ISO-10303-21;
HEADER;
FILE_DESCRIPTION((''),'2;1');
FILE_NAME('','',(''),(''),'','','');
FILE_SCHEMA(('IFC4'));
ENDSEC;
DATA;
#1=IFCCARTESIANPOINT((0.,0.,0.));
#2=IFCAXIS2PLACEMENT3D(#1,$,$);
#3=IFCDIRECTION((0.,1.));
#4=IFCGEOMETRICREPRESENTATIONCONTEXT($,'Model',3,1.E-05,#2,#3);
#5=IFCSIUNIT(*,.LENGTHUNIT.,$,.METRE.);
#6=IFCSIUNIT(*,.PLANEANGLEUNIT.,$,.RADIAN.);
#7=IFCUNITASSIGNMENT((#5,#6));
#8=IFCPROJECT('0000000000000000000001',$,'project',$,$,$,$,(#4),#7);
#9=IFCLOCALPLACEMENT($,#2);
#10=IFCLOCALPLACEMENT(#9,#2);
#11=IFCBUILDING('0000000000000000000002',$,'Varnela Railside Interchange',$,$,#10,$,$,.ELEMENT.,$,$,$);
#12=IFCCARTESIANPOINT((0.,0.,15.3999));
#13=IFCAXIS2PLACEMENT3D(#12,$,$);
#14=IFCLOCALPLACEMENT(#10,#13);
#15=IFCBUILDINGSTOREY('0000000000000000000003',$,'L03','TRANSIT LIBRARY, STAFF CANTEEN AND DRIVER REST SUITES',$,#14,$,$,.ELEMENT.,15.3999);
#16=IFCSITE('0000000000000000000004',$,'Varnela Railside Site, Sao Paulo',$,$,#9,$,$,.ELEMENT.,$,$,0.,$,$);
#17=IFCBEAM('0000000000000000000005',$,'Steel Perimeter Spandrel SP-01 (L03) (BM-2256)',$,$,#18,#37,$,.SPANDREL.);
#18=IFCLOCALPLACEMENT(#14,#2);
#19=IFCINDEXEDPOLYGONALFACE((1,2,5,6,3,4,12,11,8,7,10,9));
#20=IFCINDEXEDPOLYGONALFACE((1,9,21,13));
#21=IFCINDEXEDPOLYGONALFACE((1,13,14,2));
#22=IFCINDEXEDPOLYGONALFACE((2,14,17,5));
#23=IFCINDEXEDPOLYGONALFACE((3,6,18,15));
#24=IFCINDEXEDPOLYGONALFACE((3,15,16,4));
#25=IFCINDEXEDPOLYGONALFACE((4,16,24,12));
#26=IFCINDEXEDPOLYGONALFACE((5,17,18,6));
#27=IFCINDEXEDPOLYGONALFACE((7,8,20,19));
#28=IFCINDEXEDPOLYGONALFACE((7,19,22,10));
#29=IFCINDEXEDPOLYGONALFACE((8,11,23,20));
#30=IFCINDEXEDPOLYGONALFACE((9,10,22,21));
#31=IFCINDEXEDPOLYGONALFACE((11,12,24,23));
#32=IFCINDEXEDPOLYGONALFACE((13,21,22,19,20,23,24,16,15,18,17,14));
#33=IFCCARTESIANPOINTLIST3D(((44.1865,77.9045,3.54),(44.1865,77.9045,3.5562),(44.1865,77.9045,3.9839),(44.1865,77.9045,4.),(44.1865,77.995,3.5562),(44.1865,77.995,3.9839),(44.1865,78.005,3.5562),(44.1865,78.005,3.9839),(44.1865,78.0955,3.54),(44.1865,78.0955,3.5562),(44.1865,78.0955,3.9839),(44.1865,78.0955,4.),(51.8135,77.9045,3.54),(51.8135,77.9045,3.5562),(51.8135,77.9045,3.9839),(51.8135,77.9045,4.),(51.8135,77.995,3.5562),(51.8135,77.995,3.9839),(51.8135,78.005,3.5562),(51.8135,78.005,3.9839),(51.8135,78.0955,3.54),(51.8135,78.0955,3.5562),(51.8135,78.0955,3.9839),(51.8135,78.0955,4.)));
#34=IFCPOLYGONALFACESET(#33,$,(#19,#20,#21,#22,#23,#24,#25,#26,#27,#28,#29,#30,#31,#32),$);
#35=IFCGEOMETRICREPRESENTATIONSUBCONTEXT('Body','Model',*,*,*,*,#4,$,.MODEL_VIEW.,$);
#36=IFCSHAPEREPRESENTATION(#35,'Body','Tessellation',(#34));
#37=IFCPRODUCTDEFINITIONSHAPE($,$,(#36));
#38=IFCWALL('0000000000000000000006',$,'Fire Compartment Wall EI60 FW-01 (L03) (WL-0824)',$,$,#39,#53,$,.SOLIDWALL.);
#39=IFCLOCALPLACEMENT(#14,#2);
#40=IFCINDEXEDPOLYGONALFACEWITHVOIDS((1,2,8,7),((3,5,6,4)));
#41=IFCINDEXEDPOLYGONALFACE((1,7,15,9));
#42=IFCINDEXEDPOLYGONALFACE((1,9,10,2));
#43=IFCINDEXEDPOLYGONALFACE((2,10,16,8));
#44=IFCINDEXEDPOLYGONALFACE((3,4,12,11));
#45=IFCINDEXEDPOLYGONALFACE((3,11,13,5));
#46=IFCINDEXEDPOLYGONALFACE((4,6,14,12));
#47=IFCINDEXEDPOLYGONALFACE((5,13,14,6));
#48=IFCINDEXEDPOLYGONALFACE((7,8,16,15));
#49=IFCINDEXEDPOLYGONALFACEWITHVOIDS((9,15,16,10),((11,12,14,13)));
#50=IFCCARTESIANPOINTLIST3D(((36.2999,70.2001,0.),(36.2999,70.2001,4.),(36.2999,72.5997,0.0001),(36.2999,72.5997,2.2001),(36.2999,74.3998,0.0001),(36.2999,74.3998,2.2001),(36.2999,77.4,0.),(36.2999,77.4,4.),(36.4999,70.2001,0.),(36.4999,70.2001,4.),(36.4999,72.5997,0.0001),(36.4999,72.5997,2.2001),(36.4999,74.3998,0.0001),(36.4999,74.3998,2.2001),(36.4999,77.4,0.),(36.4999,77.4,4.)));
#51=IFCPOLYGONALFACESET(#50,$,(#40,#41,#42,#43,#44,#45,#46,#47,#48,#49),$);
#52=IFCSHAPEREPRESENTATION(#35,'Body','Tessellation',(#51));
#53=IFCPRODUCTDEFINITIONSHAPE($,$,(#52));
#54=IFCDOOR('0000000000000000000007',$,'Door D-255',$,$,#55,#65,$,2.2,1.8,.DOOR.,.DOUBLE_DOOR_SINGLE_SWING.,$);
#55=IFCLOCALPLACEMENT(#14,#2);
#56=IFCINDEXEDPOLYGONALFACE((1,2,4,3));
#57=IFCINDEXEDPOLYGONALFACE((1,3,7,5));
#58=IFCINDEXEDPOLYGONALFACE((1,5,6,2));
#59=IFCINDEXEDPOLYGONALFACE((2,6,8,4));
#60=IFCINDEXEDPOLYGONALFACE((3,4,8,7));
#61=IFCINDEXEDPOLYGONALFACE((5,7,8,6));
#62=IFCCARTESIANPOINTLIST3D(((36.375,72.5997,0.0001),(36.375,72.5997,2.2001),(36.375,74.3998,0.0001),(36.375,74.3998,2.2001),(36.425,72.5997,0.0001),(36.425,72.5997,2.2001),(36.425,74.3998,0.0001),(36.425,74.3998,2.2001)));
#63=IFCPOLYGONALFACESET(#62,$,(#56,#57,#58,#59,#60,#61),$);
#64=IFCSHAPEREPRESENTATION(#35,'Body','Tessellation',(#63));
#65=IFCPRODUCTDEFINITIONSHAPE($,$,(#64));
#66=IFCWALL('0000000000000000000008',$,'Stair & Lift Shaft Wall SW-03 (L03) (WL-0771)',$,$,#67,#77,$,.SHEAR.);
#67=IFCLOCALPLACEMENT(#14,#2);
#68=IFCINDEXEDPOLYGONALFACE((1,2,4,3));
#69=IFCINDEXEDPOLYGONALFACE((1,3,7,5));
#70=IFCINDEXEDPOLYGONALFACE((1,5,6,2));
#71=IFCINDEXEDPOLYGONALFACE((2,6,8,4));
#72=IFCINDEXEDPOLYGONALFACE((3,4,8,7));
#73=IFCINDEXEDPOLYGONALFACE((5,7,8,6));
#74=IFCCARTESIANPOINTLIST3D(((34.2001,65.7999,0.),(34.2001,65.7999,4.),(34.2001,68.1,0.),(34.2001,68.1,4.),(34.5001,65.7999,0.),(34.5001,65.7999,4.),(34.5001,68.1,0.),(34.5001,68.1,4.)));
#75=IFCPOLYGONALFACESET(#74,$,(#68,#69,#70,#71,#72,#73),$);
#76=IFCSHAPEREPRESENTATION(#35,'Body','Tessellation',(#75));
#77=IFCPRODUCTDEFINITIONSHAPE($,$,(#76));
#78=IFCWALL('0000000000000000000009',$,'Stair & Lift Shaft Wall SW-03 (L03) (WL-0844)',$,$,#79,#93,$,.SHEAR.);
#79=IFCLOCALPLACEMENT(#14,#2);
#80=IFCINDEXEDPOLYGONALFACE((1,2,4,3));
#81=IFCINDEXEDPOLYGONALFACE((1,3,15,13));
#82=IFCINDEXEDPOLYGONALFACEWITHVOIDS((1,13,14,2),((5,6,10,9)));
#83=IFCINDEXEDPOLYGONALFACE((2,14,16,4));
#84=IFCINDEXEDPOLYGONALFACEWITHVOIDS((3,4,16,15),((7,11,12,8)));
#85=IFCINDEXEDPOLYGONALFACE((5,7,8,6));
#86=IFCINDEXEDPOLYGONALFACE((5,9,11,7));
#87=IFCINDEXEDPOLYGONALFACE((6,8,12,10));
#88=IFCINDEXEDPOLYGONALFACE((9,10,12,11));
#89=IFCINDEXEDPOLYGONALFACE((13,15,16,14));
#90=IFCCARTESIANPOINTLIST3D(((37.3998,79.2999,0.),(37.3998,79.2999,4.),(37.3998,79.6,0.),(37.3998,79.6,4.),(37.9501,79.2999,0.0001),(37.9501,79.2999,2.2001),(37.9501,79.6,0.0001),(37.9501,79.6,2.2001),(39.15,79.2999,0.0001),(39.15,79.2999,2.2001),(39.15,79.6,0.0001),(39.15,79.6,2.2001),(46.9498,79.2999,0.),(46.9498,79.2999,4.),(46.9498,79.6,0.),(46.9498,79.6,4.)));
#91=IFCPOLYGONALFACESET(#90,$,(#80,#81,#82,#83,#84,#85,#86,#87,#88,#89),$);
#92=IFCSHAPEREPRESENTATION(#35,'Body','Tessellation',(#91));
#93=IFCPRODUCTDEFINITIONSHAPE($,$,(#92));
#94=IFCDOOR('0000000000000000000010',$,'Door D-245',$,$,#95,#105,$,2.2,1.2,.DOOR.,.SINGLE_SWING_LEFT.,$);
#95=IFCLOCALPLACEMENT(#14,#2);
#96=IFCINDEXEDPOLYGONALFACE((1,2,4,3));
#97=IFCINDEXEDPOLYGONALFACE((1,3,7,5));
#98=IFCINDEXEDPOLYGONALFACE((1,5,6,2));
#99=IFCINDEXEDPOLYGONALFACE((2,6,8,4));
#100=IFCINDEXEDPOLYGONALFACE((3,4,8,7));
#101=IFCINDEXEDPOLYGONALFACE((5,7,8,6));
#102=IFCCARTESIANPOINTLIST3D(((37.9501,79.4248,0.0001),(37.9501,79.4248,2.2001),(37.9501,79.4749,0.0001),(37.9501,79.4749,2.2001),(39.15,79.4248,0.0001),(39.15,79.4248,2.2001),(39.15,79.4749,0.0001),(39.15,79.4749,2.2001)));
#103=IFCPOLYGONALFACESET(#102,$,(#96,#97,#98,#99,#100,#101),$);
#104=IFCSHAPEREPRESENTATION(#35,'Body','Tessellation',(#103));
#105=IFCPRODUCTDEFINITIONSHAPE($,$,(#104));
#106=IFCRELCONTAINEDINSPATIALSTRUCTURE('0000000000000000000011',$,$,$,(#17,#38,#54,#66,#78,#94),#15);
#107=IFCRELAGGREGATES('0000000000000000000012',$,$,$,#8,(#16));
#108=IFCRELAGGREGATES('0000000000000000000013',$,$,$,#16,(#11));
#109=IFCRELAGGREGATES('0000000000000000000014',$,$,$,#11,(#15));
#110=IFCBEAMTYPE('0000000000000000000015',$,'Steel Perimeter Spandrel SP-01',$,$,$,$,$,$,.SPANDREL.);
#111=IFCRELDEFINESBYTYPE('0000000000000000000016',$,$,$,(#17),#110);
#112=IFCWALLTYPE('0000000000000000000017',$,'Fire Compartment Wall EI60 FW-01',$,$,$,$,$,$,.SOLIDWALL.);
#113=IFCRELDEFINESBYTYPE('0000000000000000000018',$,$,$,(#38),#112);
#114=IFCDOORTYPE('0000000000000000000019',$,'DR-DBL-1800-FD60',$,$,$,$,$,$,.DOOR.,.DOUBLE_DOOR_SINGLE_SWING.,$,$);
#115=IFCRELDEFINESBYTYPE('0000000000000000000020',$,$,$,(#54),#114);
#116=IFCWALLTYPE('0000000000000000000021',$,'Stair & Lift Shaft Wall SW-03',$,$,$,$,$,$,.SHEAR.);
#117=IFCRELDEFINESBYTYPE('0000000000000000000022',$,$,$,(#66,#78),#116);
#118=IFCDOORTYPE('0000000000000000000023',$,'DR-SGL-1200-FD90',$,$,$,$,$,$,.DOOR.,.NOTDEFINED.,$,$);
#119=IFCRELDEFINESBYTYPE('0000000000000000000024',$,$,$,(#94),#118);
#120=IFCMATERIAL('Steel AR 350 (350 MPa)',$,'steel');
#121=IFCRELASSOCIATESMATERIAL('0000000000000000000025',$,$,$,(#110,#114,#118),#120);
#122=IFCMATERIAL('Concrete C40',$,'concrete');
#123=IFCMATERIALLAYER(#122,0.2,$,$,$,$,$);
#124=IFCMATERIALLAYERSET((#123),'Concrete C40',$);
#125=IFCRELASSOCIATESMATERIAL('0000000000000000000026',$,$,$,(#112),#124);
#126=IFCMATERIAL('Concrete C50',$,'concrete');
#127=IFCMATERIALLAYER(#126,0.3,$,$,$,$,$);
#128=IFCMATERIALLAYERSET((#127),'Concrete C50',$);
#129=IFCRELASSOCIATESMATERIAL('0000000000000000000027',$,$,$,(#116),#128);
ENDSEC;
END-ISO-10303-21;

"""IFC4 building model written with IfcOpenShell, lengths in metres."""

from ifc_helpers import new_model, si_unit, direction, frame, frame_2d, origin, origin_2d, place, context, subcontext, project, spatial, rectangle, i_section, extrude, material, layer, layer_set, material_profile, profile_set, type_object, element, fill, save


model = new_model("IFC4")

# Units and contexts
model_context = context("Model", 3, precision=1e-05, world=origin(), true_north=direction((0.0, 1.0)))
body_context = subcontext(model_context, "Body", "Model", "MODEL_VIEW")
ifc_project = project(units=[si_unit("LENGTHUNIT", "METRE"), si_unit("PLANEANGLEUNIT", "RADIAN")], contexts=[model_context])

# Site, building, storey
site_placement = place(None, origin())
site = spatial("IfcSite", under=ifc_project, at=site_placement, Name="Varnela Railside Site, Sao Paulo", CompositionType="ELEMENT", RefElevation=0.0)
building_placement = place(site_placement, origin())
building = spatial("IfcBuilding", under=site, at=building_placement, Name="Varnela Railside Interchange", CompositionType="ELEMENT")
storey_placement = place(building_placement, frame((0.0, 0.0, 15.3999)))
storey = spatial("IfcBuildingStorey", under=building, at=storey_placement, Name="L03", Description="TRANSIT LIBRARY, STAFF CANTEEN AND DRIVER REST SUITES", CompositionType="ELEMENT", Elevation=15.3999)

# Shared definitions
ifc_material_1 = material(Name="Steel AR 350 (350 MPa)", Category="steel")

# Shared definitions
ifc_material_2 = material(Name="Concrete C40", Category="concrete")

# Beam
ifc_material_profile_1 = material_profile(ifc_material_1, i_section(OverallWidth=0.1909, OverallDepth=0.46, WebThickness=0.01, FlangeThickness=0.0161, at=origin_2d()), Name="W460x82")
ifc_profile_set_1 = profile_set([ifc_material_profile_1], Name="Steel AR 350 (350 MPa)")
beam_type_1 = type_object("IfcBeamType", Name="Steel Perimeter Spandrel SP-01", PredefinedType="SPANDREL", material=ifc_profile_set_1)
for number, where, z_axis, x_axis, name in (
    (1, (44.1865, 78.0, 3.77), (1.0, 0.0, 0.0), (0.0, 1.0, 0.0), "Steel Perimeter Spandrel SP-01 (L03) (BM-2256)"),
):
    element("IfcBeam", number, at=place(storey_placement, frame(where, z_axis=z_axis, x_axis=x_axis)), inside=storey, type_object=beam_type_1, Name=name, PredefinedType="SPANDREL", context=body_context, shape_type="SweptSolid", body=[
        extrude(i_section(OverallWidth=0.1909, OverallDepth=0.46, WebThickness=0.01, FlangeThickness=0.0161, at=origin_2d()), origin(), (0.0, 0.0, 1.0), 7.627),
    ])

# Wall, opening, door
ifc_layer_1 = layer(ifc_material_2, 0.2)
ifc_layer_set_1 = layer_set([ifc_layer_1], Name="Concrete C40")
wall_type_1 = type_object("IfcWallType", Name="Fire Compartment Wall EI60 FW-01", PredefinedType="SOLIDWALL", material=ifc_layer_set_1)
wall_1_placement = place(storey_placement, frame((36.3999, 70.2, 0.0), z_axis=(0.0, 0.0, 1.0), x_axis=(0.0, 1.0, 0.0)))
wall_1 = element("IfcWall", 2, at=wall_1_placement, inside=storey, type_object=wall_type_1, Name="Fire Compartment Wall EI60 FW-01 (L03) (WL-0824)", PredefinedType="SOLIDWALL", context=body_context, shape_type="SweptSolid", body=[
    extrude(rectangle(XDim=7.2, YDim=0.2, at=frame_2d((3.6001, 0.0))), origin(), (0.0, 0.0, 1.0), 4.0),
])
opening_1_placement = place(wall_1_placement, frame((2.3999, 0.0, 0.0)))
opening_1 = element("IfcOpeningElement", 3, at=opening_1_placement, cuts=wall_1, PredefinedType="OPENING", context=body_context, shape_type="SweptSolid", body=[
    extrude(rectangle(XDim=1.8, YDim=2.2, at=frame_2d((0.8999, 1.1001))), frame((0.0, 0.1099, 0.0), z_axis=(0.0, -1.0, 0.0), x_axis=(1.0, 0.0, 0.0)), (0.0, 0.0, 1.0), 0.22),
])
door_type_1 = type_object("IfcDoorType", Name="DR-DBL-1800-FD60", OperationType="DOUBLE_DOOR_SINGLE_SWING", PredefinedType="DOOR", material=ifc_material_1)
door_1_placement = place(opening_1_placement, origin())
door_1 = element("IfcDoor", 4, at=door_1_placement, inside=storey, type_object=door_type_1, Name="Door D-255", OperationType="DOUBLE_DOOR_SINGLE_SWING", OverallHeight=2.2, OverallWidth=1.8, PredefinedType="DOOR", context=body_context, shape_type="SweptSolid", body=[
    extrude(rectangle(XDim=1.8, YDim=2.2, at=frame_2d((0.8999, 1.1001))), frame((0.0, 0.0249, 0.0), z_axis=(0.0, -1.0, 0.0), x_axis=(1.0, 0.0, 0.0)), (0.0, 0.0, 1.0), 0.05),
])
fill(opening_1, door_1)

# Wall
ifc_material_3 = material(Name="Concrete C50", Category="concrete")
ifc_layer_2 = layer(ifc_material_3, 0.3)
ifc_layer_set_2 = layer_set([ifc_layer_2], Name="Concrete C50")
wall_type_2 = type_object("IfcWallType", Name="Stair & Lift Shaft Wall SW-03", PredefinedType="SHEAR", material=ifc_layer_set_2)
wall_2_placement = place(storey_placement, frame((34.3501, 65.8, 0.0), z_axis=(0.0, 0.0, 1.0), x_axis=(0.0, 1.0, 0.0)))
element("IfcWall", 5, at=wall_2_placement, inside=storey, type_object=wall_type_2, Name="Stair & Lift Shaft Wall SW-03 (L03) (WL-0771)", PredefinedType="SHEAR", context=body_context, shape_type="SweptSolid", body=[
    extrude(rectangle(XDim=2.3, YDim=0.3, at=frame_2d((1.1499, 0.0))), origin(), (0.0, 0.0, 1.0), 4.0),
])

# Wall, opening, door
wall_3_placement = place(storey_placement, frame((37.3999, 79.45, 0.0), z_axis=(0.0, 0.0, 1.0), x_axis=(1.0, 0.0, 0.0)))
wall_3 = element("IfcWall", 6, at=wall_3_placement, inside=storey, type_object=wall_type_2, Name="Stair & Lift Shaft Wall SW-03 (L03) (WL-0844)", PredefinedType="SHEAR", context=body_context, shape_type="SweptSolid", body=[
    extrude(rectangle(XDim=9.55, YDim=0.3, at=frame_2d((4.7749, 0.0))), origin(), (0.0, 0.0, 1.0), 4.0),
])
opening_2_placement = place(wall_3_placement, frame((0.55, 0.0, 0.0)))
opening_2 = element("IfcOpeningElement", 7, at=opening_2_placement, cuts=wall_3, PredefinedType="OPENING", context=body_context, shape_type="SweptSolid", body=[
    extrude(rectangle(XDim=1.2, YDim=2.2, at=frame_2d((0.6001, 1.1001))), frame((0.0, 0.1599, 0.0), z_axis=(0.0, -1.0, 0.0), x_axis=(1.0, 0.0, 0.0)), (0.0, 0.0, 1.0), 0.3201),
])
door_type_2 = type_object("IfcDoorType", Name="DR-SGL-1200-FD90", OperationType="NOTDEFINED", PredefinedType="DOOR", material=ifc_material_1)
door_2_placement = place(opening_2_placement, origin())
door_2 = element("IfcDoor", 8, at=door_2_placement, inside=storey, type_object=door_type_2, Name="Door D-245", OperationType="SINGLE_SWING_LEFT", OverallHeight=2.2, OverallWidth=1.2, PredefinedType="DOOR", context=body_context, shape_type="SweptSolid", body=[
    extrude(rectangle(XDim=1.2, YDim=2.2, at=frame_2d((0.6001, 1.1001))), frame((0.0, 0.0249, 0.0), z_axis=(0.0, -1.0, 0.0), x_axis=(1.0, 0.0, 0.0)), (0.0, 0.0, 1.0), 0.05),
])
fill(opening_2, door_2)

save(model, "model.ifc")
